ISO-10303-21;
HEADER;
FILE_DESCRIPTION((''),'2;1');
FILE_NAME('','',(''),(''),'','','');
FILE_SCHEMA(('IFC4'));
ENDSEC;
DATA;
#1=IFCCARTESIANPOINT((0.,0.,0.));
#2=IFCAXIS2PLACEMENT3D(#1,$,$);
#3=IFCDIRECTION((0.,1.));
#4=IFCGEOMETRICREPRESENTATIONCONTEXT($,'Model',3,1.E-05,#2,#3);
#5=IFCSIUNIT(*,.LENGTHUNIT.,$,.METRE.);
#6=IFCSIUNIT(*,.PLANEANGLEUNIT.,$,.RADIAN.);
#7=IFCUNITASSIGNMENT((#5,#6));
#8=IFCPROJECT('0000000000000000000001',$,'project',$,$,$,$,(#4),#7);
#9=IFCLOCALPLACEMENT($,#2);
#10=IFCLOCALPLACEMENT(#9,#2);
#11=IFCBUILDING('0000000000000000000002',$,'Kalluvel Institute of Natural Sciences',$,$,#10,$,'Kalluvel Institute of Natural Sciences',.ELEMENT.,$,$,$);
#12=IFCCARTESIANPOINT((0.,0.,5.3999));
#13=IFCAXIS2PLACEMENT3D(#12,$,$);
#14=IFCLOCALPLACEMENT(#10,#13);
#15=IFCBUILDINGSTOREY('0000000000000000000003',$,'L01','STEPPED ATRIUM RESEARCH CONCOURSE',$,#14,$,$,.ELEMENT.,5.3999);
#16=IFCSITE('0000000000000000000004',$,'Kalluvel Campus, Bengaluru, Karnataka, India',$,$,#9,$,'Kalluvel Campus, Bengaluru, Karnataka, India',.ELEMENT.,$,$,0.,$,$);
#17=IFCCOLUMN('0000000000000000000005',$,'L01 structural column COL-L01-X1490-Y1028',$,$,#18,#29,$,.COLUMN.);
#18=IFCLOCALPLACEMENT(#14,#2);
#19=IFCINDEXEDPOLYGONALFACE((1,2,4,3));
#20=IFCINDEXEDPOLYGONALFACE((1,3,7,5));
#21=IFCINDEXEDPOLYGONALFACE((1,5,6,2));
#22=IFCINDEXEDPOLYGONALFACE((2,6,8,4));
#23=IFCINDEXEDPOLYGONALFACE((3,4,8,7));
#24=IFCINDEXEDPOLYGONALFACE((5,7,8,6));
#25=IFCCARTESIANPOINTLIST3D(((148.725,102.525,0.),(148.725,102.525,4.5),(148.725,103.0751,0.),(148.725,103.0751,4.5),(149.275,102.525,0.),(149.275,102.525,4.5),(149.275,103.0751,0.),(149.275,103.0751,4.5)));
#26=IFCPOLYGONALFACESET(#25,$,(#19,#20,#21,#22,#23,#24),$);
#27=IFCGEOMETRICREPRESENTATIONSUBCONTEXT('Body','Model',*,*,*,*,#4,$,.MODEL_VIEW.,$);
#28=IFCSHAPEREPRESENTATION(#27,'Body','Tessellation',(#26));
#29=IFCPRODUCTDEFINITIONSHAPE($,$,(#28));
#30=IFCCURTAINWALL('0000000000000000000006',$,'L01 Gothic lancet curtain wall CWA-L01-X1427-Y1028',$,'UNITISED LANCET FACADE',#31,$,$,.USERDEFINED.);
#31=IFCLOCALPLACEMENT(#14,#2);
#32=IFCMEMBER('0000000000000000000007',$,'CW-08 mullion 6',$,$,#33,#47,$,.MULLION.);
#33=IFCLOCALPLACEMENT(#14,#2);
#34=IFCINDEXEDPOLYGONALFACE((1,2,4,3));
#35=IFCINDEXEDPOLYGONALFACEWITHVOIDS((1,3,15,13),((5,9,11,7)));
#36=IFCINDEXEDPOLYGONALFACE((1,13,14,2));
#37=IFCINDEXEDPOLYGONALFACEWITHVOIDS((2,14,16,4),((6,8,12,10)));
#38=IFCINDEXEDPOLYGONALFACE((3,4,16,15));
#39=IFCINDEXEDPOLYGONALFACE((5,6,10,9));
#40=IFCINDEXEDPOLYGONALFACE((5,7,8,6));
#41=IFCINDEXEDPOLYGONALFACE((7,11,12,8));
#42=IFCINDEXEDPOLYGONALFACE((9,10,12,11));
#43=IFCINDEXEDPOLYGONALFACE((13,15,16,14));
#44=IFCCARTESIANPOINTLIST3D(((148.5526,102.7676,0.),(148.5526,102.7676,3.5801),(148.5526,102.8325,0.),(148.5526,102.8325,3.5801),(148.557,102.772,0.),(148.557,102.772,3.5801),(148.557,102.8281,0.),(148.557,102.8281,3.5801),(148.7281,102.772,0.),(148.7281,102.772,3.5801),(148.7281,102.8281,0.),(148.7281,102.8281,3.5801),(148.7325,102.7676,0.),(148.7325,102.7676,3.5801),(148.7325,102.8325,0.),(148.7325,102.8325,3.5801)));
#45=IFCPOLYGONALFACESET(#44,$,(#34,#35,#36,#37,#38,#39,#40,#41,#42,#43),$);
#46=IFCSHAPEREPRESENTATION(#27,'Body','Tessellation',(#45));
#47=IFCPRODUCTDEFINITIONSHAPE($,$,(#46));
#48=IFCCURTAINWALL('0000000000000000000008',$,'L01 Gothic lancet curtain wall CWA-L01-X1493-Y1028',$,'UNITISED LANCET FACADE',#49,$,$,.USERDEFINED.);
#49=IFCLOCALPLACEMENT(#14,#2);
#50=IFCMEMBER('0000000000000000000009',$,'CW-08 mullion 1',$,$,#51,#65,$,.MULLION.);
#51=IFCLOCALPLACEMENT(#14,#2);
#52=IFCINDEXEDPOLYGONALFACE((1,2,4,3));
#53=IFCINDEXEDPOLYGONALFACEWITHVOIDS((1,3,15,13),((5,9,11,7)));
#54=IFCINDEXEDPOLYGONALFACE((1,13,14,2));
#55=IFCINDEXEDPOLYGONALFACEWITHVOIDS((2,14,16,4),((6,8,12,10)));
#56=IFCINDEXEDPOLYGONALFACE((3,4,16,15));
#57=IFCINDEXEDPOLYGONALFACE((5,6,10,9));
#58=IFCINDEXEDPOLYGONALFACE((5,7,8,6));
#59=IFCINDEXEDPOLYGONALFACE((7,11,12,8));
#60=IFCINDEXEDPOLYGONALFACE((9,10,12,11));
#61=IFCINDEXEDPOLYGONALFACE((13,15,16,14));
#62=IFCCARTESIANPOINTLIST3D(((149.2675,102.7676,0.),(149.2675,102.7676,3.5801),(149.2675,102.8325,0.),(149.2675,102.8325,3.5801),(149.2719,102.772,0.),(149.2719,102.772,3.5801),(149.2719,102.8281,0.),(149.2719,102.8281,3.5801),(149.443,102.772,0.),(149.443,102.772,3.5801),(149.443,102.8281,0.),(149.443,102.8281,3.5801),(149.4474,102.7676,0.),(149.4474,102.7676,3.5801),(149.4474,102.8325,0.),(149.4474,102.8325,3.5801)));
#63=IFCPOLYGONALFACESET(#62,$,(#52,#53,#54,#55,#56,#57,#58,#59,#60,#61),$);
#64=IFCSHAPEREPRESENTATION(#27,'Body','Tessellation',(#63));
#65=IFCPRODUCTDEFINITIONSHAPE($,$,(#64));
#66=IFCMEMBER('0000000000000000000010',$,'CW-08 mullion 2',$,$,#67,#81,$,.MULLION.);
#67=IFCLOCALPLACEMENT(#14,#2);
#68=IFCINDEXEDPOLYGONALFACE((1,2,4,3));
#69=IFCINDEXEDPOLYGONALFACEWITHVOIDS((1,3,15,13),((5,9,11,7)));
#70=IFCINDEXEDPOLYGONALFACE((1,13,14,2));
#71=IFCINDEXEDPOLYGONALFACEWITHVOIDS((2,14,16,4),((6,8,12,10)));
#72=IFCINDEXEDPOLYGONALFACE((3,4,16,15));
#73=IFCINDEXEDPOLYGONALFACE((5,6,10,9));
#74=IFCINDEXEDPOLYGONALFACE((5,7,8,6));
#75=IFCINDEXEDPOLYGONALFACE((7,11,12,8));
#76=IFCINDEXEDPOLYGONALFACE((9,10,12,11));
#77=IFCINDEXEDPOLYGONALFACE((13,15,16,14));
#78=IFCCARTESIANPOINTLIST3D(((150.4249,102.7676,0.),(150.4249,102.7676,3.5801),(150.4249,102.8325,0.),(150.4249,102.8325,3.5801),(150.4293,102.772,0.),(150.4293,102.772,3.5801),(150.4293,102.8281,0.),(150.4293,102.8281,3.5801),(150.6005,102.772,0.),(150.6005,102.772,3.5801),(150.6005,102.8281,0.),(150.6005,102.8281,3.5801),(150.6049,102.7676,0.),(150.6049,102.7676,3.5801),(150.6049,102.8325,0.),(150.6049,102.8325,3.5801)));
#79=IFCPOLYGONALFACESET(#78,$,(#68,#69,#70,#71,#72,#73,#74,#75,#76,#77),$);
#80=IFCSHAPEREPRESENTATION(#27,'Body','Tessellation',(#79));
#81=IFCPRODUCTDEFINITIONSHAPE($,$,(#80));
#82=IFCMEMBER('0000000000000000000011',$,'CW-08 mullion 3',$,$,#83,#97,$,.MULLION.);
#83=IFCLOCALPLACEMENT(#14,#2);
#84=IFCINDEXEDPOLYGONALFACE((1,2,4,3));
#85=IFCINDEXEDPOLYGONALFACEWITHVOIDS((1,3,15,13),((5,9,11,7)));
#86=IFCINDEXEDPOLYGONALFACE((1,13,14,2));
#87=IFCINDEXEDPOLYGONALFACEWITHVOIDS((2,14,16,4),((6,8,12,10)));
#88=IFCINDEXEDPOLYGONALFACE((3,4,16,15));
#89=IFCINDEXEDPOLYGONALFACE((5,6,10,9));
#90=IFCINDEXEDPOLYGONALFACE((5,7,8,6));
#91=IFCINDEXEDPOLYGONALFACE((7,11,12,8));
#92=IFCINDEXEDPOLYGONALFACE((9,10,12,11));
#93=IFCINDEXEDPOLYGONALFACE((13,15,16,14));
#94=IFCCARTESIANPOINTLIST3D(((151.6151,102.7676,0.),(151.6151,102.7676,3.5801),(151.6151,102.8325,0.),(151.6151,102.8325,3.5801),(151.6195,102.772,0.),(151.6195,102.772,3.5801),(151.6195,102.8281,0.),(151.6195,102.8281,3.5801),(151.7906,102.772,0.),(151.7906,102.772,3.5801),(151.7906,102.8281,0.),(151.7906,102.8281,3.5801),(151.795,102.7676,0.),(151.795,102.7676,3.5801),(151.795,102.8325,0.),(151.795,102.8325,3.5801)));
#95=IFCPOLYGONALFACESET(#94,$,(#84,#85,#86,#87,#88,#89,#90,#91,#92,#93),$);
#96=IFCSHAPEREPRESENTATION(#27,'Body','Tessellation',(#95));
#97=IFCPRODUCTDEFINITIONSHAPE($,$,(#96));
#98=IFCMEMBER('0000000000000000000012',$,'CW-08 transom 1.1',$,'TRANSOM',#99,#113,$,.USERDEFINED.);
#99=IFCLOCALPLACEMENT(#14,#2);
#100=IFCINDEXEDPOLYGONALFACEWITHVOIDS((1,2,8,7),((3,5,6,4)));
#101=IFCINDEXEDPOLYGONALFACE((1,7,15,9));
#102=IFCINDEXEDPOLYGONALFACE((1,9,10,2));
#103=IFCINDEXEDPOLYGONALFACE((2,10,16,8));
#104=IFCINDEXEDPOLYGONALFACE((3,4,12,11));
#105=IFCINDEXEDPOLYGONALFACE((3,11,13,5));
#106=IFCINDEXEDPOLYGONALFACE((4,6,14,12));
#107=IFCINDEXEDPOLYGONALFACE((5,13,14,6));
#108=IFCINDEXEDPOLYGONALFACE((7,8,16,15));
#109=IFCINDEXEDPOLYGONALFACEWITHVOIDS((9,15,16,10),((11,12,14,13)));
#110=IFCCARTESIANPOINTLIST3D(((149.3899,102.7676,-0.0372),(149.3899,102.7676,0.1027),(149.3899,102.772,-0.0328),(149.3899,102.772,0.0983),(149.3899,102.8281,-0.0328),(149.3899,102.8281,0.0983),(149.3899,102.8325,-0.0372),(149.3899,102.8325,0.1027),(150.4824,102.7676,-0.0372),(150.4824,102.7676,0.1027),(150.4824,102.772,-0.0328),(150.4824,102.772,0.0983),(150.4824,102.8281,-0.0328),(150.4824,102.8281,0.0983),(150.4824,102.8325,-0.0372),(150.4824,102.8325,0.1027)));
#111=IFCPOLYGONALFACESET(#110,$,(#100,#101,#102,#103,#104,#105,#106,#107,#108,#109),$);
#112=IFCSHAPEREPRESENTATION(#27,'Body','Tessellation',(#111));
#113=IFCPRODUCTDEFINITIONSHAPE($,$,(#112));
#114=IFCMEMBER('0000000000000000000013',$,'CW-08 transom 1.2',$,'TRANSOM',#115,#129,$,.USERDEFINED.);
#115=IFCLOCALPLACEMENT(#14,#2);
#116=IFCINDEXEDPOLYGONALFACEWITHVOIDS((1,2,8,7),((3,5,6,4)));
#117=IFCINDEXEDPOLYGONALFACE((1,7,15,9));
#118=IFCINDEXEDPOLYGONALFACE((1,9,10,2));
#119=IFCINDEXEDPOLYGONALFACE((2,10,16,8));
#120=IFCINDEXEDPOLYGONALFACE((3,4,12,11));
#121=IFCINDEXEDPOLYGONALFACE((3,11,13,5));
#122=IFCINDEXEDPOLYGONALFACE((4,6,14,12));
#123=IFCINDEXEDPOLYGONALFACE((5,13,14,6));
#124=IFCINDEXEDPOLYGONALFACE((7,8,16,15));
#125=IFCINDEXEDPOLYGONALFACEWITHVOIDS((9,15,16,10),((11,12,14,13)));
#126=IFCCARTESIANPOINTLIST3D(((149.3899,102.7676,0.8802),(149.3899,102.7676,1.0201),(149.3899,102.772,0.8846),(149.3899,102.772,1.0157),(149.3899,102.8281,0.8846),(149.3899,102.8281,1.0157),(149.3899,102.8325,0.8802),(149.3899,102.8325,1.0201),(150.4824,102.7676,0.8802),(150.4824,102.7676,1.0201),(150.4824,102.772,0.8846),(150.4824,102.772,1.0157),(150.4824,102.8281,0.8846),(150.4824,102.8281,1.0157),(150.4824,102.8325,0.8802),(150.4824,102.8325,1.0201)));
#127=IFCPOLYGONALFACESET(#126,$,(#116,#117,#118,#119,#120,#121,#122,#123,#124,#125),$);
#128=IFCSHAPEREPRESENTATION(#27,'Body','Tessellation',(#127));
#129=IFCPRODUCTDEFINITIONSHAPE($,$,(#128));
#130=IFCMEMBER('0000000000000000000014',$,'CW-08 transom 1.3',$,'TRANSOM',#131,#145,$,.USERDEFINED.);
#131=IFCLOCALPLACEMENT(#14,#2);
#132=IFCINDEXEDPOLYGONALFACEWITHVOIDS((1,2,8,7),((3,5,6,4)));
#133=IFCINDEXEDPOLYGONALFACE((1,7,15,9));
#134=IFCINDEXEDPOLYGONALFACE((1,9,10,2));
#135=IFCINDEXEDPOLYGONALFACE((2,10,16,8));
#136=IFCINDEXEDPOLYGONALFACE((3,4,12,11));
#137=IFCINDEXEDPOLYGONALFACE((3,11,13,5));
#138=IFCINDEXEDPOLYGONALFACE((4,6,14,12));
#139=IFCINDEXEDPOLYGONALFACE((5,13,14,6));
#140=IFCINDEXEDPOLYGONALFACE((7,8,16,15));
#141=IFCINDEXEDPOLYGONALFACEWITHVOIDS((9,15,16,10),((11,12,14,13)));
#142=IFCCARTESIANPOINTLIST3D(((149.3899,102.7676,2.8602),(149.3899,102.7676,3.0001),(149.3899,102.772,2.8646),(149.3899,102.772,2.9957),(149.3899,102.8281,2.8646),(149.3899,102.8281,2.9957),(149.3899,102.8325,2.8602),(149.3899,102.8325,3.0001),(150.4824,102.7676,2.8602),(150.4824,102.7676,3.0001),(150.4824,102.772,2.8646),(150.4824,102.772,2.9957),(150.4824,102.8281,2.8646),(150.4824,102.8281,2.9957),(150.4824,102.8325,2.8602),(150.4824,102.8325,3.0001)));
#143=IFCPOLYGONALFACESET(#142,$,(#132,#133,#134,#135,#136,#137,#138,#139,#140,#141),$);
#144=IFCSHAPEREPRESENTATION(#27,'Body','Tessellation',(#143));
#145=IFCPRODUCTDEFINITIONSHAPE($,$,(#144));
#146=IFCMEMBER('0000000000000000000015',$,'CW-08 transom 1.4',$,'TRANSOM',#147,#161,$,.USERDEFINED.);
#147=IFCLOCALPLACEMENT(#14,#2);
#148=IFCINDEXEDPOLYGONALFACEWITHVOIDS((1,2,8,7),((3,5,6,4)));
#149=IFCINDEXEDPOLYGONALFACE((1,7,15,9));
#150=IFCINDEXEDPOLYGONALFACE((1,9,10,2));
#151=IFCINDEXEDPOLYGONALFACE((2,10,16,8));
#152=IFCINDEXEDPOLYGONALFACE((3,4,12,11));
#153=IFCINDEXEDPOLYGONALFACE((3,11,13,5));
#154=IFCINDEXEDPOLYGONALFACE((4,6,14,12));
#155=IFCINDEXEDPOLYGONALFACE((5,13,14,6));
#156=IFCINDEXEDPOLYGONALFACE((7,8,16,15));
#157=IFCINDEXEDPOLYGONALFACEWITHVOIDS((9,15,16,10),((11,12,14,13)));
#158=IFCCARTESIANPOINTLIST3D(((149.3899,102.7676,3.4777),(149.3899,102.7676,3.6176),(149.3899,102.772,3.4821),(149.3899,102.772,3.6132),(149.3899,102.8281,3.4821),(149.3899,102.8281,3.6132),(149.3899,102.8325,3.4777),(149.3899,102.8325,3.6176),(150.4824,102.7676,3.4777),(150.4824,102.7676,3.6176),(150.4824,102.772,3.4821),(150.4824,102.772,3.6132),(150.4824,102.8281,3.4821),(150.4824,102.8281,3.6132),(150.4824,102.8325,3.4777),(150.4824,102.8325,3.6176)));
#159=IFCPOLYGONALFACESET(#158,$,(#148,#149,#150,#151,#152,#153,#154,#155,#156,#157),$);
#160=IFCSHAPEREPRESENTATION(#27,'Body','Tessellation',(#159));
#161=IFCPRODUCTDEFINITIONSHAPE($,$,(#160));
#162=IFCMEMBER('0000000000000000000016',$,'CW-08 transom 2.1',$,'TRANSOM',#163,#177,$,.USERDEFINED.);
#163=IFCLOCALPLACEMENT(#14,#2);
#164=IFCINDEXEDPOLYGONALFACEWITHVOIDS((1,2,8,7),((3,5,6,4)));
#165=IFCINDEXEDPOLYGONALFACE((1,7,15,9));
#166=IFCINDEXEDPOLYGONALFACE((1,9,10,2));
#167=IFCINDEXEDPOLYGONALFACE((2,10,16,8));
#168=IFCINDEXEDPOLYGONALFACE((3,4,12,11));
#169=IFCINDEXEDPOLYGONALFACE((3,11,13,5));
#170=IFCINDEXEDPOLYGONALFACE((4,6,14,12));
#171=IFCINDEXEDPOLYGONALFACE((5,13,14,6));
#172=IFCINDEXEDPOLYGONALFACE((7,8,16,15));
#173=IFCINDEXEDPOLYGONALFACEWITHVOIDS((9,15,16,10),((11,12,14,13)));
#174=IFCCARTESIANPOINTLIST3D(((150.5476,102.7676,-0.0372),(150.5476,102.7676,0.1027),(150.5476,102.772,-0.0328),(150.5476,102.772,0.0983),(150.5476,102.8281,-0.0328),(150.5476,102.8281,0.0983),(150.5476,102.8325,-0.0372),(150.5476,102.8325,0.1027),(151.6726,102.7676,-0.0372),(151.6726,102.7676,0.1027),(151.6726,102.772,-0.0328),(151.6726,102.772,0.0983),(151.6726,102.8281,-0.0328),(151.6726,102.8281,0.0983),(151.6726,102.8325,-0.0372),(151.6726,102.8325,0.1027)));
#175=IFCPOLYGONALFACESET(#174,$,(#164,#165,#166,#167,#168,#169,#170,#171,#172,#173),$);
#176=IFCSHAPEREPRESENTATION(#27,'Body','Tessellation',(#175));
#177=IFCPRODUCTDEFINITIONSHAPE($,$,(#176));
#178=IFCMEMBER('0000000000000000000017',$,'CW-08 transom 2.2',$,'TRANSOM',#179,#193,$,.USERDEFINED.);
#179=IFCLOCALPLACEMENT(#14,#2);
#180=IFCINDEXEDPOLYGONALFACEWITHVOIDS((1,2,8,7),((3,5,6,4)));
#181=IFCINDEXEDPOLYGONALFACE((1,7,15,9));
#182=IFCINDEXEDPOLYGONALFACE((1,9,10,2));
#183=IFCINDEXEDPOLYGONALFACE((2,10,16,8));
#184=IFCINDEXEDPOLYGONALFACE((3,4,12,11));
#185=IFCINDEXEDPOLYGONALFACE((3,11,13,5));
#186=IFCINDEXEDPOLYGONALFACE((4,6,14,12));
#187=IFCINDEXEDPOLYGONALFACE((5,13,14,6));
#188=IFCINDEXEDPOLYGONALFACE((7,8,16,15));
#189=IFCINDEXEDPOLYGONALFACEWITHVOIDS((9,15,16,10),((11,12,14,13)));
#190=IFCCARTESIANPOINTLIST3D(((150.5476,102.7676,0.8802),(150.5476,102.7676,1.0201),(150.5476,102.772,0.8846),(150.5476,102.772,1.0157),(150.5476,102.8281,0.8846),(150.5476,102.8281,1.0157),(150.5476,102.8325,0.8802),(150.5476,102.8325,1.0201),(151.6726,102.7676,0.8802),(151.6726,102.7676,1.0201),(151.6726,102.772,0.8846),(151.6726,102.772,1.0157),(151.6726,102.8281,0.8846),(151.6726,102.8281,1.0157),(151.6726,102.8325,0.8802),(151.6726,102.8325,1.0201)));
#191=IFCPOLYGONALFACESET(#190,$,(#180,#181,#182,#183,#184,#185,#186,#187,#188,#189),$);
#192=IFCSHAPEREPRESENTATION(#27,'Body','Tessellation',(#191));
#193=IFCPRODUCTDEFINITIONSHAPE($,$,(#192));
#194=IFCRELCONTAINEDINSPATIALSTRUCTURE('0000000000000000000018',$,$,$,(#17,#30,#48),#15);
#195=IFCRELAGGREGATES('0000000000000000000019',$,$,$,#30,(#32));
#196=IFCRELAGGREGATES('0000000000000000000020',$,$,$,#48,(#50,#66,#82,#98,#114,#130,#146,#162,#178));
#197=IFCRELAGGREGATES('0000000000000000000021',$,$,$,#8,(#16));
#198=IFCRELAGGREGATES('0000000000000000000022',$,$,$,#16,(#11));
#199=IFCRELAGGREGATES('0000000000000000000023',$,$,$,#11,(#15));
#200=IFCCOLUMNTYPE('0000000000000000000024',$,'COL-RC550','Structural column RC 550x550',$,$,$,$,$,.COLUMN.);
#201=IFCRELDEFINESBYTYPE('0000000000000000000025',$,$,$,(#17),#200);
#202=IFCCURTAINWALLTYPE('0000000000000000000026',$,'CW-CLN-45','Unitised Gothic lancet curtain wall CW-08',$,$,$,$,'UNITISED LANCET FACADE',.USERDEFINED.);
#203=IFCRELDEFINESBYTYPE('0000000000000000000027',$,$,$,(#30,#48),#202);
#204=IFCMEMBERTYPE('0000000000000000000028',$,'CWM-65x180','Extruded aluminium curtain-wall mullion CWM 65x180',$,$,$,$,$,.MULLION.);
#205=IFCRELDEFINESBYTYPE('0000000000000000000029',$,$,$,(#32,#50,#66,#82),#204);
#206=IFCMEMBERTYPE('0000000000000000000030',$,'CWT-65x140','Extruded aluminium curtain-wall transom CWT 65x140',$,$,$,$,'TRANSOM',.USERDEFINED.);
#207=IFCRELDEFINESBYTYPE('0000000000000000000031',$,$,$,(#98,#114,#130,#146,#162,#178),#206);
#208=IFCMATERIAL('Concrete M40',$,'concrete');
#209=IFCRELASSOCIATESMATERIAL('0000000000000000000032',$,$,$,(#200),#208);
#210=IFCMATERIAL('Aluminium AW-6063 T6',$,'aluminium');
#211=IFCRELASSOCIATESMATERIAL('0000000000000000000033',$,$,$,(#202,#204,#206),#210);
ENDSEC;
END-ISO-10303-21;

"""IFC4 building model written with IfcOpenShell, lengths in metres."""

from ifc_helpers import new_model, si_unit, direction, frame, origin, origin_2d, place, context, subcontext, project, spatial, rectangle, hollow_rectangle, extrude, material, material_profile, profile_set, type_object, element, aggregate, save


model = new_model("IFC4")

# Units and contexts
model_context = context("Model", 3, precision=1e-05, world=origin(), true_north=direction((0.0, 1.0)))
body_context = subcontext(model_context, "Body", "Model", "MODEL_VIEW")
ifc_project = project(units=[si_unit("LENGTHUNIT", "METRE"), si_unit("PLANEANGLEUNIT", "RADIAN")], contexts=[model_context])

# Site, building, storey
site_placement = place(None, origin())
site = spatial("IfcSite", under=ifc_project, at=site_placement, Name="Kalluvel Campus, Bengaluru, Karnataka, India", LongName="Kalluvel Campus, Bengaluru, Karnataka, India", CompositionType="ELEMENT", RefElevation=0.0)
building_placement = place(site_placement, origin())
building = spatial("IfcBuilding", under=site, at=building_placement, Name="Kalluvel Institute of Natural Sciences", LongName="Kalluvel Institute of Natural Sciences", CompositionType="ELEMENT")
storey_placement = place(building_placement, frame((0.0, 0.0, 5.3999)))
storey = spatial("IfcBuildingStorey", under=building, at=storey_placement, Name="L01", Description="STEPPED ATRIUM RESEARCH CONCOURSE", CompositionType="ELEMENT", Elevation=5.3999)

# Column
ifc_material_1 = material(Name="Concrete M40", Category="concrete")
ifc_material_profile_1 = material_profile(ifc_material_1, rectangle(XDim=0.55, YDim=0.55, at=origin_2d()), Name="RC 550x550")
ifc_profile_set_1 = profile_set([ifc_material_profile_1], Name="Concrete M40")
column_type = type_object("IfcColumnType", Name="COL-RC550", Description="Structural column RC 550x550", PredefinedType="COLUMN", material=ifc_profile_set_1)
column_placement = place(storey_placement, frame((149.0, 102.8, 0.0), z_axis=(0.0, 0.0, 1.0), x_axis=(1.0, 0.0, 0.0)))
element("IfcColumn", 1, at=column_placement, inside=storey, type_object=column_type, Name="L01 structural column COL-L01-X1490-Y1028", PredefinedType="COLUMN", context=body_context, shape_type="SweptSolid", body=[
    extrude(rectangle(XDim=0.55, YDim=0.55, at=origin_2d()), origin(), (0.0, 0.0, 1.0), 4.5),
])

# Curtain wall, member
ifc_material_2 = material(Name="Aluminium AW-6063 T6", Category="aluminium")
curtain_wall_type = type_object("IfcCurtainWallType", Name="CW-CLN-45", Description="Unitised Gothic lancet curtain wall CW-08", ElementType="UNITISED LANCET FACADE", PredefinedType="USERDEFINED", material=ifc_material_2)
curtain_wall_1_placement = place(storey_placement, origin())
curtain_wall_1 = element("IfcCurtainWall", 2, at=curtain_wall_1_placement, inside=storey, type_object=curtain_wall_type, Name="L01 Gothic lancet curtain wall CWA-L01-X1427-Y1028", ObjectType="UNITISED LANCET FACADE", PredefinedType="USERDEFINED")
ifc_material_profile_2 = material_profile(ifc_material_2, hollow_rectangle(XDim=0.0649, YDim=0.1799, WallThickness=0.0044, at=origin_2d()), Name="CWM 65x180")
ifc_profile_set_2 = profile_set([ifc_material_profile_2], Name="Aluminium AW-6063 T6")
member_type_1 = type_object("IfcMemberType", Name="CWM-65x180", Description="Extruded aluminium curtain-wall mullion CWM 65x180", PredefinedType="MULLION", material=ifc_profile_set_2)
member_1_placement = place(storey_placement, frame((148.6426, 102.8, 0.0), z_axis=(0.0, 0.0, 1.0), x_axis=(0.0, 1.0, 0.0)))
member_1 = element("IfcMember", 3, at=member_1_placement, type_object=member_type_1, Name="CW-08 mullion 6", PredefinedType="MULLION", context=body_context, shape_type="SweptSolid", body=[
    extrude(hollow_rectangle(XDim=0.0649, YDim=0.1799, WallThickness=0.0044, at=origin_2d()), origin(), (0.0, 0.0, 1.0), 3.5801),
])

# Curtain wall, members
curtain_wall_2_placement = place(storey_placement, origin())
curtain_wall_2 = element("IfcCurtainWall", 4, at=curtain_wall_2_placement, inside=storey, type_object=curtain_wall_type, Name="L01 Gothic lancet curtain wall CWA-L01-X1493-Y1028", ObjectType="UNITISED LANCET FACADE", PredefinedType="USERDEFINED")
member_2_placement = place(storey_placement, frame((149.3574, 102.8, 0.0), z_axis=(0.0, 0.0, 1.0), x_axis=(0.0, 1.0, 0.0)))
member_2 = element("IfcMember", 5, at=member_2_placement, type_object=member_type_1, Name="CW-08 mullion 1", PredefinedType="MULLION", context=body_context, shape_type="SweptSolid", body=[
    extrude(hollow_rectangle(XDim=0.0649, YDim=0.1799, WallThickness=0.0044, at=origin_2d()), origin(), (0.0, 0.0, 1.0), 3.5801),
])
member_3_placement = place(storey_placement, frame((150.5149, 102.8, 0.0), z_axis=(0.0, 0.0, 1.0), x_axis=(0.0, 1.0, 0.0)))
member_3 = element("IfcMember", 6, at=member_3_placement, type_object=member_type_1, Name="CW-08 mullion 2", PredefinedType="MULLION", context=body_context, shape_type="SweptSolid", body=[
    extrude(hollow_rectangle(XDim=0.0649, YDim=0.1799, WallThickness=0.0044, at=origin_2d()), origin(), (0.0, 0.0, 1.0), 3.5801),
])
member_4_placement = place(storey_placement, frame((151.7051, 102.8, 0.0), z_axis=(0.0, 0.0, 1.0), x_axis=(0.0, 1.0, 0.0)))
member_4 = element("IfcMember", 7, at=member_4_placement, type_object=member_type_1, Name="CW-08 mullion 3", PredefinedType="MULLION", context=body_context, shape_type="SweptSolid", body=[
    extrude(hollow_rectangle(XDim=0.0649, YDim=0.1799, WallThickness=0.0044, at=origin_2d()), origin(), (0.0, 0.0, 1.0), 3.5801),
])
ifc_material_profile_3 = material_profile(ifc_material_2, hollow_rectangle(XDim=0.0649, YDim=0.1399, WallThickness=0.0044, at=origin_2d()), Name="CWT 65x140")
ifc_profile_set_3 = profile_set([ifc_material_profile_3], Name="Aluminium AW-6063 T6")
member_type_2 = type_object("IfcMemberType", Name="CWT-65x140", Description="Extruded aluminium curtain-wall transom CWT 65x140", ElementType="TRANSOM", PredefinedType="USERDEFINED", material=ifc_profile_set_3)
member_5_placement = place(storey_placement, frame((149.3899, 102.8, 0.0327), z_axis=(1.0, 0.0, 0.0), x_axis=(0.0, 1.0, 0.0)))
member_5 = element("IfcMember", 8, at=member_5_placement, type_object=member_type_2, Name="CW-08 transom 1.1", ObjectType="TRANSOM", PredefinedType="USERDEFINED", context=body_context, shape_type="SweptSolid", body=[
    extrude(hollow_rectangle(XDim=0.0649, YDim=0.1399, WallThickness=0.0044, at=origin_2d()), origin(), (0.0, 0.0, 1.0), 1.0925),
])
member_6_placement = place(storey_placement, frame((149.3899, 102.8, 0.9502), z_axis=(1.0, 0.0, 0.0), x_axis=(0.0, 1.0, 0.0)))
member_6 = element("IfcMember", 9, at=member_6_placement, type_object=member_type_2, Name="CW-08 transom 1.2", ObjectType="TRANSOM", PredefinedType="USERDEFINED", context=body_context, shape_type="SweptSolid", body=[
    extrude(hollow_rectangle(XDim=0.0649, YDim=0.1399, WallThickness=0.0044, at=origin_2d()), origin(), (0.0, 0.0, 1.0), 1.0925),
])
member_7_placement = place(storey_placement, frame((149.3899, 102.8, 2.9302), z_axis=(1.0, 0.0, 0.0), x_axis=(0.0, 1.0, 0.0)))
member_7 = element("IfcMember", 10, at=member_7_placement, type_object=member_type_2, Name="CW-08 transom 1.3", ObjectType="TRANSOM", PredefinedType="USERDEFINED", context=body_context, shape_type="SweptSolid", body=[
    extrude(hollow_rectangle(XDim=0.0649, YDim=0.1399, WallThickness=0.0044, at=origin_2d()), origin(), (0.0, 0.0, 1.0), 1.0925),
])
member_8_placement = place(storey_placement, frame((149.3899, 102.8, 3.5476), z_axis=(1.0, 0.0, 0.0), x_axis=(0.0, 1.0, 0.0)))
member_8 = element("IfcMember", 11, at=member_8_placement, type_object=member_type_2, Name="CW-08 transom 1.4", ObjectType="TRANSOM", PredefinedType="USERDEFINED", context=body_context, shape_type="SweptSolid", body=[
    extrude(hollow_rectangle(XDim=0.0649, YDim=0.1399, WallThickness=0.0044, at=origin_2d()), origin(), (0.0, 0.0, 1.0), 1.0925),
])
member_9_placement = place(storey_placement, frame((150.5476, 102.8, 0.0327), z_axis=(1.0, 0.0, 0.0), x_axis=(0.0, 1.0, 0.0)))
member_9 = element("IfcMember", 12, at=member_9_placement, type_object=member_type_2, Name="CW-08 transom 2.1", ObjectType="TRANSOM", PredefinedType="USERDEFINED", context=body_context, shape_type="SweptSolid", body=[
    extrude(hollow_rectangle(XDim=0.0649, YDim=0.1399, WallThickness=0.0044, at=origin_2d()), origin(), (0.0, 0.0, 1.0), 1.125),
])
member_10_placement = place(storey_placement, frame((150.5476, 102.8, 0.9502), z_axis=(1.0, 0.0, 0.0), x_axis=(0.0, 1.0, 0.0)))
member_10 = element("IfcMember", 13, at=member_10_placement, type_object=member_type_2, Name="CW-08 transom 2.2", ObjectType="TRANSOM", PredefinedType="USERDEFINED", context=body_context, shape_type="SweptSolid", body=[
    extrude(hollow_rectangle(XDim=0.0649, YDim=0.1399, WallThickness=0.0044, at=origin_2d()), origin(), (0.0, 0.0, 1.0), 1.125),
])

aggregate(curtain_wall_1, [member_1])
aggregate(curtain_wall_2, [member_2, member_3, member_4, member_5, member_6, member_7, member_8, member_9, member_10])

save(model, "model.ifc")
